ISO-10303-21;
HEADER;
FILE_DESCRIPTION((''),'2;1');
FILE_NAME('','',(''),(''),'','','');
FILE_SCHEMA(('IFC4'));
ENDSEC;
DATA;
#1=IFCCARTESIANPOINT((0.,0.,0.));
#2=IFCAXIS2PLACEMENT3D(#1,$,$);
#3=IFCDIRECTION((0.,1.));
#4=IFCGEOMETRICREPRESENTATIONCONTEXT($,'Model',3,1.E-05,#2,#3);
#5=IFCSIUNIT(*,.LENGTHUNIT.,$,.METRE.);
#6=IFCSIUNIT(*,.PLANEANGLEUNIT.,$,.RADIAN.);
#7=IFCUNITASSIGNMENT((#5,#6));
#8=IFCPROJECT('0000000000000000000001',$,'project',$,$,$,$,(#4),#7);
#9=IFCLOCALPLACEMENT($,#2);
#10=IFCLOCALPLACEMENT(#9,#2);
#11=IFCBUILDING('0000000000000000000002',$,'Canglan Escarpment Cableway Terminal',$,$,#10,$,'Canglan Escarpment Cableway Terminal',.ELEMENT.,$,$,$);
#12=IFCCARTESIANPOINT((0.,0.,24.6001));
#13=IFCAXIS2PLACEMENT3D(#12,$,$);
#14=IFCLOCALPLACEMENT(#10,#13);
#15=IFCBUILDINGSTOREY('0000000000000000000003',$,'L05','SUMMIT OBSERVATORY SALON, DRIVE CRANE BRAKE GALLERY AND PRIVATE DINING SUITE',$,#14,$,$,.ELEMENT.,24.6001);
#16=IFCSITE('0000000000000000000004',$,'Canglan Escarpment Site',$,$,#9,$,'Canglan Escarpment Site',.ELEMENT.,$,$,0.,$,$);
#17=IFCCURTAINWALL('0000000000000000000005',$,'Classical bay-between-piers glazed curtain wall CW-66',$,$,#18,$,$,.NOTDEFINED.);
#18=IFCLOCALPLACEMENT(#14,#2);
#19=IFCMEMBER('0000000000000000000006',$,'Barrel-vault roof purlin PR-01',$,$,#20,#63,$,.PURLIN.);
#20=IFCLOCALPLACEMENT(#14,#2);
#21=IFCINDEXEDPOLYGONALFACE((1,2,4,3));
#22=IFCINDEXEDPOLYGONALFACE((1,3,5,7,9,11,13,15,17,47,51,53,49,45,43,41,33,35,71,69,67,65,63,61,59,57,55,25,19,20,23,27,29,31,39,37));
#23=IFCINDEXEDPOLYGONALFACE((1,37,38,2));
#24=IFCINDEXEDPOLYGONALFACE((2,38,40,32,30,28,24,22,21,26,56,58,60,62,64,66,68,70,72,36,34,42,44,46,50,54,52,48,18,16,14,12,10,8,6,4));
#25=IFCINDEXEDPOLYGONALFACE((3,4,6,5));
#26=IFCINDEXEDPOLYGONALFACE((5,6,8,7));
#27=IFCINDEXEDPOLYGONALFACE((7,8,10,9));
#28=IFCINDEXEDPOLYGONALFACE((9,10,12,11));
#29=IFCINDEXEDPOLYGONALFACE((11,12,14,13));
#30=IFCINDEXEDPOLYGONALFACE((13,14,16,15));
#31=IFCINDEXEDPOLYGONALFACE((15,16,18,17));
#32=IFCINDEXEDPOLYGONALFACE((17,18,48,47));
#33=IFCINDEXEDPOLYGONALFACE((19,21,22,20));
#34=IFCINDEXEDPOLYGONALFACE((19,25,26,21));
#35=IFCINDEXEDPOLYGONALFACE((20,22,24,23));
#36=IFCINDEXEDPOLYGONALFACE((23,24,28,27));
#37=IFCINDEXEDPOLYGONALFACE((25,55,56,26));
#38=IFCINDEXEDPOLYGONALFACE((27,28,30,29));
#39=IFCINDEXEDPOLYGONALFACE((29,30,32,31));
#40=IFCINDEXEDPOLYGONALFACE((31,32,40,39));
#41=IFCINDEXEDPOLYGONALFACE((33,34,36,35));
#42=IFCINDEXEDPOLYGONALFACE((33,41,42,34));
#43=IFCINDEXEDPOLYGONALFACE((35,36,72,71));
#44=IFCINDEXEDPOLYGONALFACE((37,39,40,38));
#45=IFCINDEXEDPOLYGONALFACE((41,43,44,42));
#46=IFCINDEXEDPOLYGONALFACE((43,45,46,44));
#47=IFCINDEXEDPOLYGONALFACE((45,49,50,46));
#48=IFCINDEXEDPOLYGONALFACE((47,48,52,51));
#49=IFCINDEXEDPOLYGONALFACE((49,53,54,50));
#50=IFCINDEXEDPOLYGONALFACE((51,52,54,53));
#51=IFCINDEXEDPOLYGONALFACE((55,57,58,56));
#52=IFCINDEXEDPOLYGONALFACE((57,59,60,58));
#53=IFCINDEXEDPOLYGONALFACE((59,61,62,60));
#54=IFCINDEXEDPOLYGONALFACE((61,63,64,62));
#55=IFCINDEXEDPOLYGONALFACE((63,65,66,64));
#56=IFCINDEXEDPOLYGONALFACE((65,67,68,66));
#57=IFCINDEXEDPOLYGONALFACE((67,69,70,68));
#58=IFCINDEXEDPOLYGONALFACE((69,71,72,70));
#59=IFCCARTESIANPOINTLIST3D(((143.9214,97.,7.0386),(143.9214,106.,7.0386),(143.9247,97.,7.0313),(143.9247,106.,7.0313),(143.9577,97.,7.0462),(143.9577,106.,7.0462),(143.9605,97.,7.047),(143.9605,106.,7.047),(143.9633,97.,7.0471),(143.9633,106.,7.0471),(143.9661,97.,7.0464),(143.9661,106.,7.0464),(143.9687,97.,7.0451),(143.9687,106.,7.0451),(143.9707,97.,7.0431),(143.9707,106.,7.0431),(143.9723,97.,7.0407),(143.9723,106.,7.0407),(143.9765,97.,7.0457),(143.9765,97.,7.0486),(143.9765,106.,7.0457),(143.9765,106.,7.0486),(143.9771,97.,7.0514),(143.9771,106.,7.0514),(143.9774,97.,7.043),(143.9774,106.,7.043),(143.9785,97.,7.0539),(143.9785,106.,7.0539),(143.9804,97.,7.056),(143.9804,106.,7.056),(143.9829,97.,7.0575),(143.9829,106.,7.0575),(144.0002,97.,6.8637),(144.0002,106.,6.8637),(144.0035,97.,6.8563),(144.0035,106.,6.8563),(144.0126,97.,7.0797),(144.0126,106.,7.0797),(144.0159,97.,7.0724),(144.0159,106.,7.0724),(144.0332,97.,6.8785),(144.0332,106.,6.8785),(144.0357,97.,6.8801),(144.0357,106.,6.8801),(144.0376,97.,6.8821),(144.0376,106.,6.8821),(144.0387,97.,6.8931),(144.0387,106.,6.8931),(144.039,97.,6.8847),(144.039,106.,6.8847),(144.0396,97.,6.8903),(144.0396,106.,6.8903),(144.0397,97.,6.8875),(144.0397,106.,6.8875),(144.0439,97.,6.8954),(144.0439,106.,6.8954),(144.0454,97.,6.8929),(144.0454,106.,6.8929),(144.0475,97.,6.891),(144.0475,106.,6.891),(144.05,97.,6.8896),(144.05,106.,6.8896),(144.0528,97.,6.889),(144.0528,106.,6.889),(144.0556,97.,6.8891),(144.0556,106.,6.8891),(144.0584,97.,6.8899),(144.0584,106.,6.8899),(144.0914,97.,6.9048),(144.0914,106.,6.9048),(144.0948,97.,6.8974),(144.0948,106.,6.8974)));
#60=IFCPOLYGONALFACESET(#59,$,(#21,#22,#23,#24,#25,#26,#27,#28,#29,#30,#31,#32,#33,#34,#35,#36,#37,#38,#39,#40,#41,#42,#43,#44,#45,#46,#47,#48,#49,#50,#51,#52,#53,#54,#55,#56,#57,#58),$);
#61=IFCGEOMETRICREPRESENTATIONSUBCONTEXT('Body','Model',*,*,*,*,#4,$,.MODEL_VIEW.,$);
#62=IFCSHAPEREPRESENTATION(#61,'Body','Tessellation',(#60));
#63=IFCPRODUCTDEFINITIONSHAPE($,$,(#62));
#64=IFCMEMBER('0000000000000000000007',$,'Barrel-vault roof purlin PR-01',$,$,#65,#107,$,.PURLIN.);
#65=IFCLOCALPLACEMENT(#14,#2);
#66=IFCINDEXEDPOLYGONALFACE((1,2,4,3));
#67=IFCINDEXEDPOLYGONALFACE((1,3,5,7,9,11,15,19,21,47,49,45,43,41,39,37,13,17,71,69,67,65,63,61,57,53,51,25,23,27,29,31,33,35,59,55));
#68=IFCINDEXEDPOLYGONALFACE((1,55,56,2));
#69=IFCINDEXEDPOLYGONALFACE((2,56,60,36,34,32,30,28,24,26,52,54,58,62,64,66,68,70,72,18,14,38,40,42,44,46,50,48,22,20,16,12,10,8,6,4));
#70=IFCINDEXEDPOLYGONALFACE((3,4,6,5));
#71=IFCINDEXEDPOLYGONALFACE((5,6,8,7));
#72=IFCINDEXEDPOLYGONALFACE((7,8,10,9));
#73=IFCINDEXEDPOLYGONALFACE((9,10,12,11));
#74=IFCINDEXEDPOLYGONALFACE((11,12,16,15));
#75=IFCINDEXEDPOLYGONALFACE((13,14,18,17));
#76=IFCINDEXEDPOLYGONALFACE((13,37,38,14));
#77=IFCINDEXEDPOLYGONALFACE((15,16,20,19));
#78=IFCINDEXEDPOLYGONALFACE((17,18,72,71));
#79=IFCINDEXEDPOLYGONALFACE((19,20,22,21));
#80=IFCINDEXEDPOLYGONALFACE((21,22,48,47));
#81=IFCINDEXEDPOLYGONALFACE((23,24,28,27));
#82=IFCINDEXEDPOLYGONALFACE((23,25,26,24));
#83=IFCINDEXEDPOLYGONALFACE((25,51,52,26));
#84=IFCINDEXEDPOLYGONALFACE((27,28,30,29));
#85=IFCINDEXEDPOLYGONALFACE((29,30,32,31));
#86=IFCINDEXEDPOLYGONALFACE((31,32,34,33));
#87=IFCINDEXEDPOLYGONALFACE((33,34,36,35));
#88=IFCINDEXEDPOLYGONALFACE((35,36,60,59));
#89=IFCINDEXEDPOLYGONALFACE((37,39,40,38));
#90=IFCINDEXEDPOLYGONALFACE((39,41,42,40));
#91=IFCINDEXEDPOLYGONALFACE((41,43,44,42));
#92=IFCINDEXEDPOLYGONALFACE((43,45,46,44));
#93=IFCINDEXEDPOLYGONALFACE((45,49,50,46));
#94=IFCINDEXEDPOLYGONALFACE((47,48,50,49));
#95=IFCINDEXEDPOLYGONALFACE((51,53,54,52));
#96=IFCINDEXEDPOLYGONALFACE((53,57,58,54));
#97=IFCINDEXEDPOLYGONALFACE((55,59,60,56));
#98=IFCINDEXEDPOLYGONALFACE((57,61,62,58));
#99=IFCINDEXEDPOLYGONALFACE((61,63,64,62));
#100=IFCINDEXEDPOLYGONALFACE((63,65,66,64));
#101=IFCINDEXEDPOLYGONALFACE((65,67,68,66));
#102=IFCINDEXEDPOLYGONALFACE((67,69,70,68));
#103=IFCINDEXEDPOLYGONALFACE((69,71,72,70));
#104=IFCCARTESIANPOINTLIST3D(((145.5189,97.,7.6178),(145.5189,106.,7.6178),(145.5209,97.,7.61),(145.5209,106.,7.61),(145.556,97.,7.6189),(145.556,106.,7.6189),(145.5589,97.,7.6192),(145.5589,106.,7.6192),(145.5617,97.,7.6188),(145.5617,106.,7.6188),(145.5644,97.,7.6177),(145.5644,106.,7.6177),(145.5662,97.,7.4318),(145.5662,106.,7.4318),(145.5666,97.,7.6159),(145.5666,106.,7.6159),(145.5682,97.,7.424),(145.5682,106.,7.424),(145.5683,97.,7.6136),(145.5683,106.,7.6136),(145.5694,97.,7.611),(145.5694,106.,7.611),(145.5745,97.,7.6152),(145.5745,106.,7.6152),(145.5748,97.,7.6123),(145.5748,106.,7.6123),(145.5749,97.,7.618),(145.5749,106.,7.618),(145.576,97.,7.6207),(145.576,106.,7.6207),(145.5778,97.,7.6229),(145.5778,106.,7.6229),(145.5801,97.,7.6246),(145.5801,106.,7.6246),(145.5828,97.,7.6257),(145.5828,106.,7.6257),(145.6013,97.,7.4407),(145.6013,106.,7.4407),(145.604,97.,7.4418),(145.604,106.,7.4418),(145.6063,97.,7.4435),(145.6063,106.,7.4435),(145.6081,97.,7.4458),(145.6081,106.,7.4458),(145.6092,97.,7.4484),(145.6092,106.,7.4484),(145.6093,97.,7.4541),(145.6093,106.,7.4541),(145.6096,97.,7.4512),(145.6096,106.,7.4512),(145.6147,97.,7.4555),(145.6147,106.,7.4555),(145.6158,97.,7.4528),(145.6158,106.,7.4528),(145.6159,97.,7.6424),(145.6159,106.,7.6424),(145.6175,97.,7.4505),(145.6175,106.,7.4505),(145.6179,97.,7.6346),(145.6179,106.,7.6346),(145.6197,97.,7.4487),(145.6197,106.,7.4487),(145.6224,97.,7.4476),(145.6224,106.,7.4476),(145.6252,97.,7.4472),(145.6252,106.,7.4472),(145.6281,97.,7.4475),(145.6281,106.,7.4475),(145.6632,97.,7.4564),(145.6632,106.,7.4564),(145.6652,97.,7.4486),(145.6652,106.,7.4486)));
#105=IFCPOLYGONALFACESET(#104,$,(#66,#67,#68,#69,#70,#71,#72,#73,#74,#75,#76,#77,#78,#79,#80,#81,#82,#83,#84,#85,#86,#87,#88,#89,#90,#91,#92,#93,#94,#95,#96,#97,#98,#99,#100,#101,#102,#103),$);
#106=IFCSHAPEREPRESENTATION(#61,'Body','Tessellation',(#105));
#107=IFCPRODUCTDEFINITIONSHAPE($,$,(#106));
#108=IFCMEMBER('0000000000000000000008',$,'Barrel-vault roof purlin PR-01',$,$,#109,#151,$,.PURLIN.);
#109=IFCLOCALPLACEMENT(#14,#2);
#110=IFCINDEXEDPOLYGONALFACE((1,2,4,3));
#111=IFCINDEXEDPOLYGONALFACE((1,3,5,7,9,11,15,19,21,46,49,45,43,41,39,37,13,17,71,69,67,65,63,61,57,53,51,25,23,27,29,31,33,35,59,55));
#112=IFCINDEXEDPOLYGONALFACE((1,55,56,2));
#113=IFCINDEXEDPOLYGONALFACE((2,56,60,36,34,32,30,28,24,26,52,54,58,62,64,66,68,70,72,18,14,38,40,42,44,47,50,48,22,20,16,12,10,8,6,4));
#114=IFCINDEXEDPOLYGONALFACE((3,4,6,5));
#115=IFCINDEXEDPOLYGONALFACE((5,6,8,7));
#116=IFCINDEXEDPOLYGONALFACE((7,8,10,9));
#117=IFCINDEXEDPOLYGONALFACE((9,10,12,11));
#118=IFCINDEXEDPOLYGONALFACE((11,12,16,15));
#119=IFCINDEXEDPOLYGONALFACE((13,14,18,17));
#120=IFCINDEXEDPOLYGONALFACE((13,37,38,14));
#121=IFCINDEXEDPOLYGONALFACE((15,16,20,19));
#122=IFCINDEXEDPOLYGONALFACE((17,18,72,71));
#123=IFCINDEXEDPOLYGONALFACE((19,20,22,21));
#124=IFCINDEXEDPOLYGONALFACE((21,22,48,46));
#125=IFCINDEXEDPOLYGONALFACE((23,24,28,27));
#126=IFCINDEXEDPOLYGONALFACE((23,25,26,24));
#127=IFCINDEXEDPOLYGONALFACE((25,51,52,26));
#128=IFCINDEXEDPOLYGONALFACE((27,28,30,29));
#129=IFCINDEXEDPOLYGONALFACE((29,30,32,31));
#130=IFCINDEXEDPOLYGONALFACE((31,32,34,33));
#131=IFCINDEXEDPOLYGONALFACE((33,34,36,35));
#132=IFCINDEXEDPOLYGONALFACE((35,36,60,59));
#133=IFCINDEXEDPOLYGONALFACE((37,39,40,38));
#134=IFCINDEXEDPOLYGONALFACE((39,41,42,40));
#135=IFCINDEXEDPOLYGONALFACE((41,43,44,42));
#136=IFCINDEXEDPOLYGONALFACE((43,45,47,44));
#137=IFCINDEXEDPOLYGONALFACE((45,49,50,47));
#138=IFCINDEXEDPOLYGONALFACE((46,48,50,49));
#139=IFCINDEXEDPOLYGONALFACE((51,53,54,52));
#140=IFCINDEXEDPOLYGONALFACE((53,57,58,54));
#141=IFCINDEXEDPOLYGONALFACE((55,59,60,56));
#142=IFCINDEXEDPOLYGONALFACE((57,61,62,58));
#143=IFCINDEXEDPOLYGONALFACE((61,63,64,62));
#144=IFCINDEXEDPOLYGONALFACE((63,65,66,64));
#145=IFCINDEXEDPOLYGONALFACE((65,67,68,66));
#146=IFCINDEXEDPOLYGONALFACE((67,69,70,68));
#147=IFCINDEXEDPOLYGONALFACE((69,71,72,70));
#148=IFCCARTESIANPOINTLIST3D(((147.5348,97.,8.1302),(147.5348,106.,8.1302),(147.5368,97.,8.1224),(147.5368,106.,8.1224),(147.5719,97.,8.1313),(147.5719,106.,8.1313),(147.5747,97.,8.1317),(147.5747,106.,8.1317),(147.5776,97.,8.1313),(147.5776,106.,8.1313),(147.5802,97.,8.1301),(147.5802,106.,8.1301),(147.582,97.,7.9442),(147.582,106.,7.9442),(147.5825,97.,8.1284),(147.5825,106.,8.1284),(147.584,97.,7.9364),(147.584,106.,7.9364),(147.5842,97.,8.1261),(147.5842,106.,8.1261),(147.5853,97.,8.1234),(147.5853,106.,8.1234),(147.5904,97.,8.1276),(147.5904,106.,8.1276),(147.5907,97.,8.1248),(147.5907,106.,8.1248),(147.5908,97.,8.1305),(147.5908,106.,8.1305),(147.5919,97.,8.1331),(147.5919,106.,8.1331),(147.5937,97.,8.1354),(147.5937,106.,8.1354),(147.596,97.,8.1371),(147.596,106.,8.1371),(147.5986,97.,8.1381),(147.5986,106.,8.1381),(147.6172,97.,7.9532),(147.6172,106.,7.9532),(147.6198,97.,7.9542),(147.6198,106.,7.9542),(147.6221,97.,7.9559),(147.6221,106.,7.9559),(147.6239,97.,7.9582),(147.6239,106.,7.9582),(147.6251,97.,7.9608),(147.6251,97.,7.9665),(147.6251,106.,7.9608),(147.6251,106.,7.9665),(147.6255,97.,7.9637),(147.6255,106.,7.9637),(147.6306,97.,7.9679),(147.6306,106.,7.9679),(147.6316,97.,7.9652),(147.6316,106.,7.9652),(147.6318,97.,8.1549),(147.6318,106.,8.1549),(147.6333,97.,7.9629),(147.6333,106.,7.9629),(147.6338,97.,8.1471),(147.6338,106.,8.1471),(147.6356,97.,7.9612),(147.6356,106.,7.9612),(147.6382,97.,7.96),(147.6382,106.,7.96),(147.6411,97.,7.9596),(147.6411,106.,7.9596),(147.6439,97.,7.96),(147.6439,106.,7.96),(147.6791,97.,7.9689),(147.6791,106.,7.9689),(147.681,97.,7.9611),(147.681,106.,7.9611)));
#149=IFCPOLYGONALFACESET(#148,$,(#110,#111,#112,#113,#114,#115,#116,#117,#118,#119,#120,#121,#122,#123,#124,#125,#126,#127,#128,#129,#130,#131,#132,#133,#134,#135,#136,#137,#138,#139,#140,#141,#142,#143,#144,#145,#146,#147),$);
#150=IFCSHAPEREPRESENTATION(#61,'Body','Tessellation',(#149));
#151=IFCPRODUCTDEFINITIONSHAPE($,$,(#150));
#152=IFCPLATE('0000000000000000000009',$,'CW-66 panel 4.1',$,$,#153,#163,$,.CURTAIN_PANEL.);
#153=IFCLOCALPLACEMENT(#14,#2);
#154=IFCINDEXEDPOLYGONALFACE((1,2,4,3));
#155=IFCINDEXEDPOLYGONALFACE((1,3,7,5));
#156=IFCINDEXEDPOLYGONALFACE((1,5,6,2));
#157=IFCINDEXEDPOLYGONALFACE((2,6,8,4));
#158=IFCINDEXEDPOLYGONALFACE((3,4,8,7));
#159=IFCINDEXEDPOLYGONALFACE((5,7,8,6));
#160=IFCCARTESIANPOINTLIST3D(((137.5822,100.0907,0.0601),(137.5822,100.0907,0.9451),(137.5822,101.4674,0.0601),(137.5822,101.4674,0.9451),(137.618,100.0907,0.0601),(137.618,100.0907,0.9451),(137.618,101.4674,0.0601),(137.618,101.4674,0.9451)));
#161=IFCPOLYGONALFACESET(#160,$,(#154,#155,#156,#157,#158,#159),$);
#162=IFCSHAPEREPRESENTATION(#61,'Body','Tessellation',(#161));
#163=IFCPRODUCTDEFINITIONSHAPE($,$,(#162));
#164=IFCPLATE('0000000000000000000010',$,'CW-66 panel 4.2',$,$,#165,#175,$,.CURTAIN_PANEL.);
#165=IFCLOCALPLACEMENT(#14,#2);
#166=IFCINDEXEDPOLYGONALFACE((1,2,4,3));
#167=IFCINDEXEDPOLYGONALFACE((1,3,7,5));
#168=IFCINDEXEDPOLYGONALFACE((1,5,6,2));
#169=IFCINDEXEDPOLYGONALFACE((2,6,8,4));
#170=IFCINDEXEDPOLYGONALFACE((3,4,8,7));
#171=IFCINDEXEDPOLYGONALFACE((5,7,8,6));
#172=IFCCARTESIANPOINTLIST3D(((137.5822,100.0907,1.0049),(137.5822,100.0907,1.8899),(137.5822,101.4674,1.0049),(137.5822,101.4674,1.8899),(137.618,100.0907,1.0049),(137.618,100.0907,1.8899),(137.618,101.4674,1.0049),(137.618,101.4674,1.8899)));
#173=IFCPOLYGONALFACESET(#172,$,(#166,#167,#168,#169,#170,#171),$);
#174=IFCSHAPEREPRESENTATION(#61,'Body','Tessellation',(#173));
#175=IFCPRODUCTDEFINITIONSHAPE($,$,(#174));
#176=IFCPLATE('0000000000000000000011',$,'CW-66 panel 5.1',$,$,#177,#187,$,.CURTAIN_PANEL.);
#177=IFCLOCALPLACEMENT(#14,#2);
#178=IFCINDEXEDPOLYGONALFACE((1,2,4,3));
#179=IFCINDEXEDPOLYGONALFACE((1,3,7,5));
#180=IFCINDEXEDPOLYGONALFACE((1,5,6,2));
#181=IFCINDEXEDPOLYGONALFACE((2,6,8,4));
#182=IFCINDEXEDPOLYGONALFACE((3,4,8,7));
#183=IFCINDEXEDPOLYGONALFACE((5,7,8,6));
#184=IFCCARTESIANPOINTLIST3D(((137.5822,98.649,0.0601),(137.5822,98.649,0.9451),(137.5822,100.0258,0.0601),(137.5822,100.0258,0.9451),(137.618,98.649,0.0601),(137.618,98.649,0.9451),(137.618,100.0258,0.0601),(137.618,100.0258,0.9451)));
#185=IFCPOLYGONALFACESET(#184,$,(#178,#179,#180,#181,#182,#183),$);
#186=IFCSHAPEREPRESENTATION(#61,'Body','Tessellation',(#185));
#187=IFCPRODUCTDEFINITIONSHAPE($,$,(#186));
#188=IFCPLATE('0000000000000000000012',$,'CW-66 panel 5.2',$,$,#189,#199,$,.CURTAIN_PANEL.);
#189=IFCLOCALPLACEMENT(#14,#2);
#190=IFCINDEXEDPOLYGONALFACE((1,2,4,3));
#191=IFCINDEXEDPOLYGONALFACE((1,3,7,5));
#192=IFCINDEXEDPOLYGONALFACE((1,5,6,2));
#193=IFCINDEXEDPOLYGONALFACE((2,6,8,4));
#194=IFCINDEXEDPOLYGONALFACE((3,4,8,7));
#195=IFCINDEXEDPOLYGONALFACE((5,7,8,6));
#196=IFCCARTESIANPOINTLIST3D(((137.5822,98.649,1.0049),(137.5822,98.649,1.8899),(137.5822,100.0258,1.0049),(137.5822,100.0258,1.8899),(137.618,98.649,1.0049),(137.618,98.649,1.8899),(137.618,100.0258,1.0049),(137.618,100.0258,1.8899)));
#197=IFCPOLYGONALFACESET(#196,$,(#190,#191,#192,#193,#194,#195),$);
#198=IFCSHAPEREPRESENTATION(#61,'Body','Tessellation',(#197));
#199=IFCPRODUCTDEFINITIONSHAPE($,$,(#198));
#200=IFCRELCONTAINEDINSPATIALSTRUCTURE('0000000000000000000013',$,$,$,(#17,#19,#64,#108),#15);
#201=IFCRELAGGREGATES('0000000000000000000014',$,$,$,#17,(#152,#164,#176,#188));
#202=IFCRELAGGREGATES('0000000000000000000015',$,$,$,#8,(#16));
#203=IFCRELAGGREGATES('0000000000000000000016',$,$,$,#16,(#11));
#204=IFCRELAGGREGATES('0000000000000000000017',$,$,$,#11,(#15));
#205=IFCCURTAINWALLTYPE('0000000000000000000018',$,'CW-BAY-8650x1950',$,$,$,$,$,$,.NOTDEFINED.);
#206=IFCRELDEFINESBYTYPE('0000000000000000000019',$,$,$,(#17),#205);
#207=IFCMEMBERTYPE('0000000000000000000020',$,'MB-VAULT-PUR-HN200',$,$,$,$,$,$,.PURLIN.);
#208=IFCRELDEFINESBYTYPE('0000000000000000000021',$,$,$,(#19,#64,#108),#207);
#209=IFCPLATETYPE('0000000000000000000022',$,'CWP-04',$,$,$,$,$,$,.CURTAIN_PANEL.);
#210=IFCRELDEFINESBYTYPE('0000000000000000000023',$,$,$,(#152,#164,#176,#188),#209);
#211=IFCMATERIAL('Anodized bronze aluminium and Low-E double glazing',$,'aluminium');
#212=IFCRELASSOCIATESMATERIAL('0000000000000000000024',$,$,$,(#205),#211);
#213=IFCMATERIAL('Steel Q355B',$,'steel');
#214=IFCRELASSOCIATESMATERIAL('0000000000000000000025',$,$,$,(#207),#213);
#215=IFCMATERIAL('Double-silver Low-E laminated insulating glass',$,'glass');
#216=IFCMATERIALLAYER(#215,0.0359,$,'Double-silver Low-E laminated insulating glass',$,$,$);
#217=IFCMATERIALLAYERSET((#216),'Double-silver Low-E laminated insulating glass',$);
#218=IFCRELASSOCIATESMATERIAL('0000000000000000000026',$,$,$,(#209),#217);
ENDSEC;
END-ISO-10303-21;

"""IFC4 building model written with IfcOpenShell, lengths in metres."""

from ifc_helpers import new_model, si_unit, direction, frame, origin, origin_2d, place, context, subcontext, project, spatial, rectangle, i_section, extrude, material, layer, layer_set, material_profile, profile_set, type_object, element, aggregate, save


model = new_model("IFC4")

# Units and contexts
model_context = context("Model", 3, precision=1e-05, world=origin(), true_north=direction((0.0, 1.0)))
body_context = subcontext(model_context, "Body", "Model", "MODEL_VIEW")
ifc_project = project(units=[si_unit("LENGTHUNIT", "METRE"), si_unit("PLANEANGLEUNIT", "RADIAN")], contexts=[model_context])

# Site, building, storey
site_placement = place(None, origin())
site = spatial("IfcSite", under=ifc_project, at=site_placement, Name="Canglan Escarpment Site", LongName="Canglan Escarpment Site", CompositionType="ELEMENT", RefElevation=0.0)
building_placement = place(site_placement, origin())
building = spatial("IfcBuilding", under=site, at=building_placement, Name="Canglan Escarpment Cableway Terminal", LongName="Canglan Escarpment Cableway Terminal", CompositionType="ELEMENT")
storey_placement = place(building_placement, frame((0.0, 0.0, 24.6001)))
storey = spatial("IfcBuildingStorey", under=building, at=storey_placement, Name="L05", Description="SUMMIT OBSERVATORY SALON, DRIVE CRANE BRAKE GALLERY AND PRIVATE DINING SUITE", CompositionType="ELEMENT", Elevation=24.6001)

# Shared definitions
ifc_material_1 = material(Name="Steel Q355B", Category="steel")

# Curtain wall
ifc_material_2 = material(Name="Anodized bronze aluminium and Low-E double glazing", Category="aluminium")
curtain_wall_type = type_object("IfcCurtainWallType", Name="CW-BAY-8650x1950", PredefinedType="NOTDEFINED", material=ifc_material_2)
curtain_wall_placement = place(storey_placement, origin())
curtain_wall = element("IfcCurtainWall", 1, at=curtain_wall_placement, inside=storey, type_object=curtain_wall_type, Name="Classical bay-between-piers glazed curtain wall CW-66", PredefinedType="NOTDEFINED")

# Members
ifc_material_profile_1 = material_profile(ifc_material_1, i_section(OverallWidth=0.1001, OverallDepth=0.2, WebThickness=0.0056, FlangeThickness=0.0081, FilletRadius=0.011, at=origin_2d()), Name="HN 200x100x5.5x8")
ifc_profile_set_1 = profile_set([ifc_material_profile_1], Name="Steel Q355B")
member_type_1 = type_object("IfcMemberType", Name="MB-VAULT-PUR-HN200", PredefinedType="PURLIN", material=ifc_profile_set_1)
for number, where, z_axis, x_axis, name in (
    (2, (144.0081, 97.0, 6.968), (0.0, 1.0, 0.0), (-0.911741, 0.0, -0.410767), "Barrel-vault roof purlin PR-01"),
    (3, (145.592, 97.0, 7.5332), (0.0, 1.0, 0.0), (-0.969184, 0.0, -0.246339), "Barrel-vault roof purlin PR-01"),
    (4, (147.6079, 97.0, 8.0457), (0.0, 1.0, 0.0), (-0.969184, 0.0, -0.246339), "Barrel-vault roof purlin PR-01"),
):
    element("IfcMember", number, at=place(storey_placement, frame(where, z_axis=z_axis, x_axis=x_axis)), inside=storey, type_object=member_type_1, Name=name, PredefinedType="PURLIN", context=body_context, shape_type="SweptSolid", body=[
        extrude(i_section(OverallWidth=0.1001, OverallDepth=0.2, WebThickness=0.0056, FlangeThickness=0.0081, FilletRadius=0.011, at=origin_2d()), origin(), (0.0, 0.0, 1.0), 9.0),
    ])

# Plates
ifc_material_3 = material(Name="Double-silver Low-E laminated insulating glass", Category="glass")
ifc_layer_1 = layer(ifc_material_3, 0.0359, Name="Double-silver Low-E laminated insulating glass")
ifc_layer_set_1 = layer_set([ifc_layer_1], Name="Double-silver Low-E laminated insulating glass")
plate_type_1 = type_object("IfcPlateType", Name="CWP-04", PredefinedType="CURTAIN_PANEL", material=ifc_layer_set_1)
plate_1_placement = place(storey_placement, frame((137.6001, 100.7791, 0.0601), z_axis=(0.0, 0.0, 1.0), x_axis=(0.0, -1.0, 0.0)))
plate_1 = element("IfcPlate", 5, at=plate_1_placement, type_object=plate_type_1, Name="CW-66 panel 4.1", PredefinedType="CURTAIN_PANEL", context=body_context, shape_type="SweptSolid", body=[
    extrude(rectangle(XDim=1.3767, YDim=0.0359, at=origin_2d()), origin(), (0.0, 0.0, 1.0), 0.885),
])
plate_2_placement = place(storey_placement, frame((137.6001, 100.7791, 1.0049), z_axis=(0.0, 0.0, 1.0), x_axis=(0.0, -1.0, 0.0)))
plate_2 = element("IfcPlate", 6, at=plate_2_placement, type_object=plate_type_1, Name="CW-66 panel 4.2", PredefinedType="CURTAIN_PANEL", context=body_context, shape_type="SweptSolid", body=[
    extrude(rectangle(XDim=1.3767, YDim=0.0359, at=origin_2d()), origin(), (0.0, 0.0, 1.0), 0.885),
])
plate_3_placement = place(storey_placement, frame((137.6001, 99.3374, 0.0601), z_axis=(0.0, 0.0, 1.0), x_axis=(0.0, -1.0, 0.0)))
plate_3 = element("IfcPlate", 7, at=plate_3_placement, type_object=plate_type_1, Name="CW-66 panel 5.1", PredefinedType="CURTAIN_PANEL", context=body_context, shape_type="SweptSolid", body=[
    extrude(rectangle(XDim=1.3767, YDim=0.0359, at=origin_2d()), origin(), (0.0, 0.0, 1.0), 0.885),
])
plate_4_placement = place(storey_placement, frame((137.6001, 99.3374, 1.0049), z_axis=(0.0, 0.0, 1.0), x_axis=(0.0, -1.0, 0.0)))
plate_4 = element("IfcPlate", 8, at=plate_4_placement, type_object=plate_type_1, Name="CW-66 panel 5.2", PredefinedType="CURTAIN_PANEL", context=body_context, shape_type="SweptSolid", body=[
    extrude(rectangle(XDim=1.3767, YDim=0.0359, at=origin_2d()), origin(), (0.0, 0.0, 1.0), 0.885),
])
aggregate(curtain_wall, [plate_1, plate_2, plate_3, plate_4])

save(model, "model.ifc")
